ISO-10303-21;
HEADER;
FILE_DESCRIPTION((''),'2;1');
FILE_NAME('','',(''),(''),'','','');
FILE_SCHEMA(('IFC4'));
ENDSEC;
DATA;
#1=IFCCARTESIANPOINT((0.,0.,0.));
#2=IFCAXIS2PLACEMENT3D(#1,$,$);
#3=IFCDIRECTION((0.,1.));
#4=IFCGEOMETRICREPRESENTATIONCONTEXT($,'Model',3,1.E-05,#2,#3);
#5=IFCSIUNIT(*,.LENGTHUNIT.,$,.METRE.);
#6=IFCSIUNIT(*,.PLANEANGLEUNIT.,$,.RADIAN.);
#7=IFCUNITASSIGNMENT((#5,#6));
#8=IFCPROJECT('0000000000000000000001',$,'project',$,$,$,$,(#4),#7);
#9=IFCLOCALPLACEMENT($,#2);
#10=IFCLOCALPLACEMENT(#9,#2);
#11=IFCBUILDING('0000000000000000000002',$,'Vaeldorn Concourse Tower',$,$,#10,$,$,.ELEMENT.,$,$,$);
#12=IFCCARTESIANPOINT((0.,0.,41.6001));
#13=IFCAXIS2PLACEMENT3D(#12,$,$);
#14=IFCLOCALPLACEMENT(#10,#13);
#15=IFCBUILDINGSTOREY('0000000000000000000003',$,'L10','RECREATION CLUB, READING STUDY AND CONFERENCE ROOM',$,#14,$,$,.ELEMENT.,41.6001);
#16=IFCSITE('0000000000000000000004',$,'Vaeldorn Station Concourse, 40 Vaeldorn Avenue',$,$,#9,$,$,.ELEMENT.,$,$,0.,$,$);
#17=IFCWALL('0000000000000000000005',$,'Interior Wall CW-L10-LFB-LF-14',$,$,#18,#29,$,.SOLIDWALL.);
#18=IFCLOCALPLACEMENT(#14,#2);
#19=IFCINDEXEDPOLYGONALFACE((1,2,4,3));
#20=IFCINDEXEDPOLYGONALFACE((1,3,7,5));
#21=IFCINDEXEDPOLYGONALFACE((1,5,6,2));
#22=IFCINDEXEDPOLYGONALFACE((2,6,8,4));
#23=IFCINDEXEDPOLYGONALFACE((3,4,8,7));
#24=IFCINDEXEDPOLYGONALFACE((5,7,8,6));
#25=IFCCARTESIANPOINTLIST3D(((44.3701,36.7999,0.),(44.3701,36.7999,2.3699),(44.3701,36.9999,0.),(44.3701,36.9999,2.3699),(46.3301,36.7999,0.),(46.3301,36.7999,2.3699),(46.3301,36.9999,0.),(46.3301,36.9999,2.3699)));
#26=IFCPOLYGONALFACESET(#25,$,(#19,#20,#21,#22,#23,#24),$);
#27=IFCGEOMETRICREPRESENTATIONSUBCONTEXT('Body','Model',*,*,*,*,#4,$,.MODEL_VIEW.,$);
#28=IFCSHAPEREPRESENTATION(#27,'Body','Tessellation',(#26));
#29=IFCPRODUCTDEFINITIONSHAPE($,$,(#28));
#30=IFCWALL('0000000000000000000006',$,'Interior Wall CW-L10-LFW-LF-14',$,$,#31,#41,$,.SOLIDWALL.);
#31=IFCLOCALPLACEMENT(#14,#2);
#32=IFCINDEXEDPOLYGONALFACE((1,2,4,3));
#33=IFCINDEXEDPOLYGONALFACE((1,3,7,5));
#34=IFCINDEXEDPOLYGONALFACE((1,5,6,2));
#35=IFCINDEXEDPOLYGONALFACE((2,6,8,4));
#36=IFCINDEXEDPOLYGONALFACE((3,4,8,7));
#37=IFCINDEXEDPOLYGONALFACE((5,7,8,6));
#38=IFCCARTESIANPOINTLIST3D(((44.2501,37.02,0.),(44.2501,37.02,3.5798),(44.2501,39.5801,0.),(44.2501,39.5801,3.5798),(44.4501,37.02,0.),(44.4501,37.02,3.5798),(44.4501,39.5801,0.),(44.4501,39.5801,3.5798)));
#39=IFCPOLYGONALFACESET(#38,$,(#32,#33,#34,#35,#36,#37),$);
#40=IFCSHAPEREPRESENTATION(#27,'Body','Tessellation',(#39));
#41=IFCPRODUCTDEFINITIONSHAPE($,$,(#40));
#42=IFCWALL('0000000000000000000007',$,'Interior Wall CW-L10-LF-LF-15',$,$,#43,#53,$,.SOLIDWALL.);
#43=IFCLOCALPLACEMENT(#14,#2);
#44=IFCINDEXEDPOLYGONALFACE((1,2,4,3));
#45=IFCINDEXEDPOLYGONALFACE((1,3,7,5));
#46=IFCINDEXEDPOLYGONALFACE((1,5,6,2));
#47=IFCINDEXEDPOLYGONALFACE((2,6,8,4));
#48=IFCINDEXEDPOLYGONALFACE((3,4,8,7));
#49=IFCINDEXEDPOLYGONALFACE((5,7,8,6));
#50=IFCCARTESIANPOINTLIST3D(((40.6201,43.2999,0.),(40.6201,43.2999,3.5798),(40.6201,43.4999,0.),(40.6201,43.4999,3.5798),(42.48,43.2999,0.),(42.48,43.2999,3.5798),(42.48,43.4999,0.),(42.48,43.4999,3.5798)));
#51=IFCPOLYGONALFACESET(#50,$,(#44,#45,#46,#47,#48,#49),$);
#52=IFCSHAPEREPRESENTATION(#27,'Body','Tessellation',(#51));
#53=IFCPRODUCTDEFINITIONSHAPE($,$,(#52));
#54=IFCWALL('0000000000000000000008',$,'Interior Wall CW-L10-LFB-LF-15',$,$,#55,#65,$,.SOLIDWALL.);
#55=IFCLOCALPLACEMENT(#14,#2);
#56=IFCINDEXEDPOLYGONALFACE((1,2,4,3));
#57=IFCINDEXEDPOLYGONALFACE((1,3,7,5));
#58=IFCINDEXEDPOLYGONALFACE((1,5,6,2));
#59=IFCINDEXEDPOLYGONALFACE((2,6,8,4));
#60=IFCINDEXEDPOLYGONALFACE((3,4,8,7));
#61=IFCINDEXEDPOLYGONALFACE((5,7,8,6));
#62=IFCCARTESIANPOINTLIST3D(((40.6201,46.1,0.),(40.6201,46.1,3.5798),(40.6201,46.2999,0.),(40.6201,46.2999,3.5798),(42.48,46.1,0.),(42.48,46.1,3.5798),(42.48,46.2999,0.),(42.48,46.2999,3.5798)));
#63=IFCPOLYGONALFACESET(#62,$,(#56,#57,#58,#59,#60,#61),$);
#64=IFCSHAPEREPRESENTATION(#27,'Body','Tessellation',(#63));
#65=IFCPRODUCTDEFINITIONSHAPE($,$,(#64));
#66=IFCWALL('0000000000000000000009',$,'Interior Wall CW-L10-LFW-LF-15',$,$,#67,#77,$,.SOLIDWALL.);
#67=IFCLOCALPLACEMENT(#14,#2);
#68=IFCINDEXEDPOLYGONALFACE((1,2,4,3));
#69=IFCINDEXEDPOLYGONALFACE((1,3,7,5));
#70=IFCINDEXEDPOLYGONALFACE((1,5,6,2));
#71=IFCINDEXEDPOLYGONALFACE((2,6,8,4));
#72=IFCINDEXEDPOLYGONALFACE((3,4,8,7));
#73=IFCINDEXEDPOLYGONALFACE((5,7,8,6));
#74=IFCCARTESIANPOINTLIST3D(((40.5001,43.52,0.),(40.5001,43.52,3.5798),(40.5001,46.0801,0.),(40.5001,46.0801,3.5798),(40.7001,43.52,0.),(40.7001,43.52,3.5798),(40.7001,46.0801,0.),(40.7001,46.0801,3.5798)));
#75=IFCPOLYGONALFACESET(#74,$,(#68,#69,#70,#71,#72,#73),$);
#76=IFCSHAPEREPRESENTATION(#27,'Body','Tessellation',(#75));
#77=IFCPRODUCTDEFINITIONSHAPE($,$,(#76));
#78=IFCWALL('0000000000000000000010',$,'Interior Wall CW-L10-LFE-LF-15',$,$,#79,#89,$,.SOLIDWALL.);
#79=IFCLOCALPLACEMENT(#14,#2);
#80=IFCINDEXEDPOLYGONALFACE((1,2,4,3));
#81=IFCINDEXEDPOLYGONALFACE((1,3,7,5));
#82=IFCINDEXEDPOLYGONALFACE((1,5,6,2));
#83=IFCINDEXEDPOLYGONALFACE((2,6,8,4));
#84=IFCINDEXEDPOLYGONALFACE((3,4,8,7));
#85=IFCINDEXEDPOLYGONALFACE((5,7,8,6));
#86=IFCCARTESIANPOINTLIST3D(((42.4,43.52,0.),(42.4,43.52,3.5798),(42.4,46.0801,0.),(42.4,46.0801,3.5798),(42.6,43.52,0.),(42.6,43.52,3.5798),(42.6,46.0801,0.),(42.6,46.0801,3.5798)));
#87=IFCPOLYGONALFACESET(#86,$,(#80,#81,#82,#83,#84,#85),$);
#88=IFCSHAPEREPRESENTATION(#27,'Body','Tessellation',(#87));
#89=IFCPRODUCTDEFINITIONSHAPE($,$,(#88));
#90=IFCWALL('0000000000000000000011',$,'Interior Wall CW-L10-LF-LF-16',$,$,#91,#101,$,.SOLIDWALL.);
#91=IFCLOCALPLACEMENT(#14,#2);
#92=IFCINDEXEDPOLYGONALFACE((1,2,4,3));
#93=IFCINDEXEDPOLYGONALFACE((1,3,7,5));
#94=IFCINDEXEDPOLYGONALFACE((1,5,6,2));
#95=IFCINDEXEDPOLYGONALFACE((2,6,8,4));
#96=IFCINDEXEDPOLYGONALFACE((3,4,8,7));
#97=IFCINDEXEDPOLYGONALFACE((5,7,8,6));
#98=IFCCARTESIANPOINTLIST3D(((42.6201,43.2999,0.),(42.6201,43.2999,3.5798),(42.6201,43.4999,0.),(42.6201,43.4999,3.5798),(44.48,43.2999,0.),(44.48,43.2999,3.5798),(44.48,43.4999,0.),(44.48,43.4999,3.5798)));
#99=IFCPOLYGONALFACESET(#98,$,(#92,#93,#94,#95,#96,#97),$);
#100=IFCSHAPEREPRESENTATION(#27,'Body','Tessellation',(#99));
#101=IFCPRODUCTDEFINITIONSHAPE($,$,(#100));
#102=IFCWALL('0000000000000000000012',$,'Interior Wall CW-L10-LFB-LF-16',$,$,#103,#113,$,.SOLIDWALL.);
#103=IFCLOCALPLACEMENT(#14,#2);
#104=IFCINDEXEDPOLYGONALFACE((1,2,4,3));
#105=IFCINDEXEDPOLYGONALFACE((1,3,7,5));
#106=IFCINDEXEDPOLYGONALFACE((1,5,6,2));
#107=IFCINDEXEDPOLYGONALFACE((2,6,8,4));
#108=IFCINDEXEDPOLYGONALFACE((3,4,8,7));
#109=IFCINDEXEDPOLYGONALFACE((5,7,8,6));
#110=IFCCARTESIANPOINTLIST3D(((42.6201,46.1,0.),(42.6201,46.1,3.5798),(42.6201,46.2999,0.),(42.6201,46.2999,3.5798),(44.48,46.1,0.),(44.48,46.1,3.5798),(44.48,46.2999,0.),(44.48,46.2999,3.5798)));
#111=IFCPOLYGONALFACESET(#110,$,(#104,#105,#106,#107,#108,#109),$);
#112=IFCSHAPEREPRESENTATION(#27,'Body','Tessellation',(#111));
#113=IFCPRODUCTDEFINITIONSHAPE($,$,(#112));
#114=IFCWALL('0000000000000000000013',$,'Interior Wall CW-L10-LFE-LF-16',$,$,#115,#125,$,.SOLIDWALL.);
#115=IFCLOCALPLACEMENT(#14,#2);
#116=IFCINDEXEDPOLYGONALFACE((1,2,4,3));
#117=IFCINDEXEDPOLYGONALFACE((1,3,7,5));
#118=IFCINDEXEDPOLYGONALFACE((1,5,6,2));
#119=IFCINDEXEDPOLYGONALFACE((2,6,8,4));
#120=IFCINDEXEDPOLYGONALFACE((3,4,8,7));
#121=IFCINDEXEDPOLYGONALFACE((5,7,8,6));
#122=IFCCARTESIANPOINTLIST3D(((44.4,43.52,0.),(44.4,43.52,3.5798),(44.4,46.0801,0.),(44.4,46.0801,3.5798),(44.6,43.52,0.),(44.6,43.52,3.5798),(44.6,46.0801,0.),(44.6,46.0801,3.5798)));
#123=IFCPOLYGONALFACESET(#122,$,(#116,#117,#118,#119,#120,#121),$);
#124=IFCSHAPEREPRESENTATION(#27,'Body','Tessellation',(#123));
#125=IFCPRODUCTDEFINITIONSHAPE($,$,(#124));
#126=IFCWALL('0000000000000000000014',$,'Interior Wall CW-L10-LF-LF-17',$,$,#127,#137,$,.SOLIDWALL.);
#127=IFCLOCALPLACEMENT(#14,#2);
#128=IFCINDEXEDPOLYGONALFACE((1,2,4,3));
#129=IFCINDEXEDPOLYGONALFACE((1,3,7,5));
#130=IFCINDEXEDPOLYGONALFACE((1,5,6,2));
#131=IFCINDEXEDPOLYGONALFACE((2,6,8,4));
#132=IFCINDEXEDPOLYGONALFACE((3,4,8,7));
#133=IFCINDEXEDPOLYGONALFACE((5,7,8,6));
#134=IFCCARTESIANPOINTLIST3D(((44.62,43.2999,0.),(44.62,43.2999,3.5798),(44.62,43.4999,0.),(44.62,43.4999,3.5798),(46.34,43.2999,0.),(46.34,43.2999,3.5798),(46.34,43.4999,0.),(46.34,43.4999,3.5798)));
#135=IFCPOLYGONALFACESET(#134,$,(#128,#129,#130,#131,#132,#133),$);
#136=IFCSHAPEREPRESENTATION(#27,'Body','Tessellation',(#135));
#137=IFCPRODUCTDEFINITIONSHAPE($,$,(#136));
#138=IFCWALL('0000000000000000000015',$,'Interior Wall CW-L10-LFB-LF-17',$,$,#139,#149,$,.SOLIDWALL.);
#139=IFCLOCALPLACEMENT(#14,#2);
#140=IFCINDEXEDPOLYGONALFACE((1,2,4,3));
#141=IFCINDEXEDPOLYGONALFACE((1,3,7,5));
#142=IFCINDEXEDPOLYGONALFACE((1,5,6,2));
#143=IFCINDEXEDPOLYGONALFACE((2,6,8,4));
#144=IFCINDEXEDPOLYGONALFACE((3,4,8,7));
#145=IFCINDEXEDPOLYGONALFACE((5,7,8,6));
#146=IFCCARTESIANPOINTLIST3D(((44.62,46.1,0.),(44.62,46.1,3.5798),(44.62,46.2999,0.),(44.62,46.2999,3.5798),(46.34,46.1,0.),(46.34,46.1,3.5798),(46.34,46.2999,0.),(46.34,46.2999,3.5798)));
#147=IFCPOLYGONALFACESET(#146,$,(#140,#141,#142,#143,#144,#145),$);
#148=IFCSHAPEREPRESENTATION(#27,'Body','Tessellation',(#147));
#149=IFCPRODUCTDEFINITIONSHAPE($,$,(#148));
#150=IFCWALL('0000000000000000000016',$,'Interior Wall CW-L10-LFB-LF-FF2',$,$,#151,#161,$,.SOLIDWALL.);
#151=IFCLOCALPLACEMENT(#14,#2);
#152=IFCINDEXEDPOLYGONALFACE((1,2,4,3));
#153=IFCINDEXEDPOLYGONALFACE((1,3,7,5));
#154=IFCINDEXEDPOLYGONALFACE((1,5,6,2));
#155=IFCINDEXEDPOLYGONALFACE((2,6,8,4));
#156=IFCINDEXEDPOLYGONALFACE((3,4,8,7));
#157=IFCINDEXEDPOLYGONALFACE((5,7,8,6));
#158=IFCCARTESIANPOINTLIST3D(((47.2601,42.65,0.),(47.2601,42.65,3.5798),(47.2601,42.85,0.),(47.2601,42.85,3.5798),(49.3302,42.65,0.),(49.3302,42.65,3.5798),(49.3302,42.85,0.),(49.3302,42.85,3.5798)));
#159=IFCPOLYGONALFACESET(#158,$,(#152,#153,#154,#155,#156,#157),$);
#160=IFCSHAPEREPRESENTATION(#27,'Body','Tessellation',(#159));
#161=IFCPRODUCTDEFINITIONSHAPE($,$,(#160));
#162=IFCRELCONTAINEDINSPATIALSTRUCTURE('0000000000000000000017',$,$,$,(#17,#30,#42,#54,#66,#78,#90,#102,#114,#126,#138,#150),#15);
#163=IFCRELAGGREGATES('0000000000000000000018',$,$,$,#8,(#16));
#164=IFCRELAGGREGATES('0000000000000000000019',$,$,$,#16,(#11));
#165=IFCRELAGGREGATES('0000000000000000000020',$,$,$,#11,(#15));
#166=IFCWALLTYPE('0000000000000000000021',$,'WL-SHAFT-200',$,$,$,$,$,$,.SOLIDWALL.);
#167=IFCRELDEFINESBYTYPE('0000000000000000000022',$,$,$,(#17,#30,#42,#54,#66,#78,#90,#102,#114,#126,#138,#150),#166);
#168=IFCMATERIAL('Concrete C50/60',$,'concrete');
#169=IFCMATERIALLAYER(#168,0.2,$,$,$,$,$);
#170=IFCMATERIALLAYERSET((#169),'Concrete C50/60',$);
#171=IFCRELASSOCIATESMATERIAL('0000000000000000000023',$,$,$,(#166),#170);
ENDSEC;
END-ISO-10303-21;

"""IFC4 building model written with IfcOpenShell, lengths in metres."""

from ifc_helpers import new_model, si_unit, direction, frame, frame_2d, origin, place, context, subcontext, project, spatial, rectangle, extrude, material, layer, layer_set, type_object, element, save


model = new_model("IFC4")

# Units and contexts
model_context = context("Model", 3, precision=1e-05, world=origin(), true_north=direction((0.0, 1.0)))
body_context = subcontext(model_context, "Body", "Model", "MODEL_VIEW")
ifc_project = project(units=[si_unit("LENGTHUNIT", "METRE"), si_unit("PLANEANGLEUNIT", "RADIAN")], contexts=[model_context])

# Site, building, storey
site_placement = place(None, origin())
site = spatial("IfcSite", under=ifc_project, at=site_placement, Name="Vaeldorn Station Concourse, 40 Vaeldorn Avenue", CompositionType="ELEMENT", RefElevation=0.0)
building_placement = place(site_placement, origin())
building = spatial("IfcBuilding", under=site, at=building_placement, Name="Vaeldorn Concourse Tower", CompositionType="ELEMENT")
storey_placement = place(building_placement, frame((0.0, 0.0, 41.6001)))
storey = spatial("IfcBuildingStorey", under=building, at=storey_placement, Name="L10", Description="RECREATION CLUB, READING STUDY AND CONFERENCE ROOM", CompositionType="ELEMENT", Elevation=41.6001)

# Shared definitions
ifc_material_1 = material(Name="Concrete C50/60", Category="concrete")
ifc_layer_1 = layer(ifc_material_1, 0.2)
ifc_layer_set_1 = layer_set([ifc_layer_1], Name="Concrete C50/60")
wall_type_1 = type_object("IfcWallType", Name="WL-SHAFT-200", PredefinedType="SOLIDWALL", material=ifc_layer_set_1)

# Walls
wall_1_placement = place(storey_placement, frame((44.3701, 36.8999, 0.0), z_axis=(0.0, 0.0, 1.0), x_axis=(1.0, 0.0, 0.0)))
element("IfcWall", 1, at=wall_1_placement, inside=storey, type_object=wall_type_1, Name="Interior Wall CW-L10-LFB-LF-14", PredefinedType="SOLIDWALL", context=body_context, shape_type="SweptSolid", body=[
    extrude(rectangle(XDim=1.96, YDim=0.2, at=frame_2d((0.98, 0.0))), origin(), (0.0, 0.0, 1.0), 2.3699),
])
wall_2_placement = place(storey_placement, frame((44.3501, 37.02, 0.0), z_axis=(0.0, 0.0, 1.0), x_axis=(0.0, 1.0, 0.0)))
element("IfcWall", 2, at=wall_2_placement, inside=storey, type_object=wall_type_1, Name="Interior Wall CW-L10-LFW-LF-14", PredefinedType="SOLIDWALL", context=body_context, shape_type="SweptSolid", body=[
    extrude(rectangle(XDim=2.5601, YDim=0.2, at=frame_2d((1.28, 0.0))), origin(), (0.0, 0.0, 1.0), 3.5798),
])
for number, where, z_axis, x_axis, name in (
    (3, (40.6201, 43.3999, 0.0), (0.0, 0.0, 1.0), (1.0, 0.0, 0.0), "Interior Wall CW-L10-LF-LF-15"),
    (4, (40.6201, 46.2, 0.0), (0.0, 0.0, 1.0), (1.0, 0.0, 0.0), "Interior Wall CW-L10-LFB-LF-15"),
):
    element("IfcWall", number, at=place(storey_placement, frame(where, z_axis=z_axis, x_axis=x_axis)), inside=storey, type_object=wall_type_1, Name=name, PredefinedType="SOLIDWALL", context=body_context, shape_type="SweptSolid", body=[
        extrude(rectangle(XDim=1.8599, YDim=0.2, at=frame_2d((0.9299, 0.0))), origin(), (0.0, 0.0, 1.0), 3.5798),
    ])
for number, where, z_axis, x_axis, name in (
    (5, (40.6001, 43.52, 0.0), (0.0, 0.0, 1.0), (0.0, 1.0, 0.0), "Interior Wall CW-L10-LFW-LF-15"),
    (6, (42.5, 43.52, 0.0), (0.0, 0.0, 1.0), (0.0, 1.0, 0.0), "Interior Wall CW-L10-LFE-LF-15"),
):
    element("IfcWall", number, at=place(storey_placement, frame(where, z_axis=z_axis, x_axis=x_axis)), inside=storey, type_object=wall_type_1, Name=name, PredefinedType="SOLIDWALL", context=body_context, shape_type="SweptSolid", body=[
        extrude(rectangle(XDim=2.5601, YDim=0.2, at=frame_2d((1.28, 0.0))), origin(), (0.0, 0.0, 1.0), 3.5798),
    ])
for number, where, z_axis, x_axis, name in (
    (7, (42.6201, 43.3999, 0.0), (0.0, 0.0, 1.0), (1.0, 0.0, 0.0), "Interior Wall CW-L10-LF-LF-16"),
    (8, (42.6201, 46.2, 0.0), (0.0, 0.0, 1.0), (1.0, 0.0, 0.0), "Interior Wall CW-L10-LFB-LF-16"),
):
    element("IfcWall", number, at=place(storey_placement, frame(where, z_axis=z_axis, x_axis=x_axis)), inside=storey, type_object=wall_type_1, Name=name, PredefinedType="SOLIDWALL", context=body_context, shape_type="SweptSolid", body=[
        extrude(rectangle(XDim=1.8599, YDim=0.2, at=frame_2d((0.9299, 0.0))), origin(), (0.0, 0.0, 1.0), 3.5798),
    ])
wall_3_placement = place(storey_placement, frame((44.5, 43.52, 0.0), z_axis=(0.0, 0.0, 1.0), x_axis=(0.0, 1.0, 0.0)))
element("IfcWall", 9, at=wall_3_placement, inside=storey, type_object=wall_type_1, Name="Interior Wall CW-L10-LFE-LF-16", PredefinedType="SOLIDWALL", context=body_context, shape_type="SweptSolid", body=[
    extrude(rectangle(XDim=2.5601, YDim=0.2, at=frame_2d((1.28, 0.0))), origin(), (0.0, 0.0, 1.0), 3.5798),
])
for number, where, z_axis, x_axis, name in (
    (10, (44.6201, 43.3999, 0.0), (0.0, 0.0, 1.0), (1.0, 0.0, 0.0), "Interior Wall CW-L10-LF-LF-17"),
    (11, (44.6201, 46.2, 0.0), (0.0, 0.0, 1.0), (1.0, 0.0, 0.0), "Interior Wall CW-L10-LFB-LF-17"),
):
    element("IfcWall", number, at=place(storey_placement, frame(where, z_axis=z_axis, x_axis=x_axis)), inside=storey, type_object=wall_type_1, Name=name, PredefinedType="SOLIDWALL", context=body_context, shape_type="SweptSolid", body=[
        extrude(rectangle(XDim=1.72, YDim=0.2, at=frame_2d((0.8599, 0.0))), origin(), (0.0, 0.0, 1.0), 3.5798),
    ])

# Wall
wall_4_placement = place(storey_placement, frame((47.26, 42.75, 0.0), z_axis=(0.0, 0.0, 1.0), x_axis=(1.0, 0.0, 0.0)))
element("IfcWall", 12, at=wall_4_placement, inside=storey, type_object=wall_type_1, Name="Interior Wall CW-L10-LFB-LF-FF2", PredefinedType="SOLIDWALL", context=body_context, shape_type="SweptSolid", body=[
    extrude(rectangle(XDim=2.0701, YDim=0.2, at=frame_2d((1.0352, 0.0))), origin(), (0.0, 0.0, 1.0), 3.5798),
])

save(model, "model.ifc")
